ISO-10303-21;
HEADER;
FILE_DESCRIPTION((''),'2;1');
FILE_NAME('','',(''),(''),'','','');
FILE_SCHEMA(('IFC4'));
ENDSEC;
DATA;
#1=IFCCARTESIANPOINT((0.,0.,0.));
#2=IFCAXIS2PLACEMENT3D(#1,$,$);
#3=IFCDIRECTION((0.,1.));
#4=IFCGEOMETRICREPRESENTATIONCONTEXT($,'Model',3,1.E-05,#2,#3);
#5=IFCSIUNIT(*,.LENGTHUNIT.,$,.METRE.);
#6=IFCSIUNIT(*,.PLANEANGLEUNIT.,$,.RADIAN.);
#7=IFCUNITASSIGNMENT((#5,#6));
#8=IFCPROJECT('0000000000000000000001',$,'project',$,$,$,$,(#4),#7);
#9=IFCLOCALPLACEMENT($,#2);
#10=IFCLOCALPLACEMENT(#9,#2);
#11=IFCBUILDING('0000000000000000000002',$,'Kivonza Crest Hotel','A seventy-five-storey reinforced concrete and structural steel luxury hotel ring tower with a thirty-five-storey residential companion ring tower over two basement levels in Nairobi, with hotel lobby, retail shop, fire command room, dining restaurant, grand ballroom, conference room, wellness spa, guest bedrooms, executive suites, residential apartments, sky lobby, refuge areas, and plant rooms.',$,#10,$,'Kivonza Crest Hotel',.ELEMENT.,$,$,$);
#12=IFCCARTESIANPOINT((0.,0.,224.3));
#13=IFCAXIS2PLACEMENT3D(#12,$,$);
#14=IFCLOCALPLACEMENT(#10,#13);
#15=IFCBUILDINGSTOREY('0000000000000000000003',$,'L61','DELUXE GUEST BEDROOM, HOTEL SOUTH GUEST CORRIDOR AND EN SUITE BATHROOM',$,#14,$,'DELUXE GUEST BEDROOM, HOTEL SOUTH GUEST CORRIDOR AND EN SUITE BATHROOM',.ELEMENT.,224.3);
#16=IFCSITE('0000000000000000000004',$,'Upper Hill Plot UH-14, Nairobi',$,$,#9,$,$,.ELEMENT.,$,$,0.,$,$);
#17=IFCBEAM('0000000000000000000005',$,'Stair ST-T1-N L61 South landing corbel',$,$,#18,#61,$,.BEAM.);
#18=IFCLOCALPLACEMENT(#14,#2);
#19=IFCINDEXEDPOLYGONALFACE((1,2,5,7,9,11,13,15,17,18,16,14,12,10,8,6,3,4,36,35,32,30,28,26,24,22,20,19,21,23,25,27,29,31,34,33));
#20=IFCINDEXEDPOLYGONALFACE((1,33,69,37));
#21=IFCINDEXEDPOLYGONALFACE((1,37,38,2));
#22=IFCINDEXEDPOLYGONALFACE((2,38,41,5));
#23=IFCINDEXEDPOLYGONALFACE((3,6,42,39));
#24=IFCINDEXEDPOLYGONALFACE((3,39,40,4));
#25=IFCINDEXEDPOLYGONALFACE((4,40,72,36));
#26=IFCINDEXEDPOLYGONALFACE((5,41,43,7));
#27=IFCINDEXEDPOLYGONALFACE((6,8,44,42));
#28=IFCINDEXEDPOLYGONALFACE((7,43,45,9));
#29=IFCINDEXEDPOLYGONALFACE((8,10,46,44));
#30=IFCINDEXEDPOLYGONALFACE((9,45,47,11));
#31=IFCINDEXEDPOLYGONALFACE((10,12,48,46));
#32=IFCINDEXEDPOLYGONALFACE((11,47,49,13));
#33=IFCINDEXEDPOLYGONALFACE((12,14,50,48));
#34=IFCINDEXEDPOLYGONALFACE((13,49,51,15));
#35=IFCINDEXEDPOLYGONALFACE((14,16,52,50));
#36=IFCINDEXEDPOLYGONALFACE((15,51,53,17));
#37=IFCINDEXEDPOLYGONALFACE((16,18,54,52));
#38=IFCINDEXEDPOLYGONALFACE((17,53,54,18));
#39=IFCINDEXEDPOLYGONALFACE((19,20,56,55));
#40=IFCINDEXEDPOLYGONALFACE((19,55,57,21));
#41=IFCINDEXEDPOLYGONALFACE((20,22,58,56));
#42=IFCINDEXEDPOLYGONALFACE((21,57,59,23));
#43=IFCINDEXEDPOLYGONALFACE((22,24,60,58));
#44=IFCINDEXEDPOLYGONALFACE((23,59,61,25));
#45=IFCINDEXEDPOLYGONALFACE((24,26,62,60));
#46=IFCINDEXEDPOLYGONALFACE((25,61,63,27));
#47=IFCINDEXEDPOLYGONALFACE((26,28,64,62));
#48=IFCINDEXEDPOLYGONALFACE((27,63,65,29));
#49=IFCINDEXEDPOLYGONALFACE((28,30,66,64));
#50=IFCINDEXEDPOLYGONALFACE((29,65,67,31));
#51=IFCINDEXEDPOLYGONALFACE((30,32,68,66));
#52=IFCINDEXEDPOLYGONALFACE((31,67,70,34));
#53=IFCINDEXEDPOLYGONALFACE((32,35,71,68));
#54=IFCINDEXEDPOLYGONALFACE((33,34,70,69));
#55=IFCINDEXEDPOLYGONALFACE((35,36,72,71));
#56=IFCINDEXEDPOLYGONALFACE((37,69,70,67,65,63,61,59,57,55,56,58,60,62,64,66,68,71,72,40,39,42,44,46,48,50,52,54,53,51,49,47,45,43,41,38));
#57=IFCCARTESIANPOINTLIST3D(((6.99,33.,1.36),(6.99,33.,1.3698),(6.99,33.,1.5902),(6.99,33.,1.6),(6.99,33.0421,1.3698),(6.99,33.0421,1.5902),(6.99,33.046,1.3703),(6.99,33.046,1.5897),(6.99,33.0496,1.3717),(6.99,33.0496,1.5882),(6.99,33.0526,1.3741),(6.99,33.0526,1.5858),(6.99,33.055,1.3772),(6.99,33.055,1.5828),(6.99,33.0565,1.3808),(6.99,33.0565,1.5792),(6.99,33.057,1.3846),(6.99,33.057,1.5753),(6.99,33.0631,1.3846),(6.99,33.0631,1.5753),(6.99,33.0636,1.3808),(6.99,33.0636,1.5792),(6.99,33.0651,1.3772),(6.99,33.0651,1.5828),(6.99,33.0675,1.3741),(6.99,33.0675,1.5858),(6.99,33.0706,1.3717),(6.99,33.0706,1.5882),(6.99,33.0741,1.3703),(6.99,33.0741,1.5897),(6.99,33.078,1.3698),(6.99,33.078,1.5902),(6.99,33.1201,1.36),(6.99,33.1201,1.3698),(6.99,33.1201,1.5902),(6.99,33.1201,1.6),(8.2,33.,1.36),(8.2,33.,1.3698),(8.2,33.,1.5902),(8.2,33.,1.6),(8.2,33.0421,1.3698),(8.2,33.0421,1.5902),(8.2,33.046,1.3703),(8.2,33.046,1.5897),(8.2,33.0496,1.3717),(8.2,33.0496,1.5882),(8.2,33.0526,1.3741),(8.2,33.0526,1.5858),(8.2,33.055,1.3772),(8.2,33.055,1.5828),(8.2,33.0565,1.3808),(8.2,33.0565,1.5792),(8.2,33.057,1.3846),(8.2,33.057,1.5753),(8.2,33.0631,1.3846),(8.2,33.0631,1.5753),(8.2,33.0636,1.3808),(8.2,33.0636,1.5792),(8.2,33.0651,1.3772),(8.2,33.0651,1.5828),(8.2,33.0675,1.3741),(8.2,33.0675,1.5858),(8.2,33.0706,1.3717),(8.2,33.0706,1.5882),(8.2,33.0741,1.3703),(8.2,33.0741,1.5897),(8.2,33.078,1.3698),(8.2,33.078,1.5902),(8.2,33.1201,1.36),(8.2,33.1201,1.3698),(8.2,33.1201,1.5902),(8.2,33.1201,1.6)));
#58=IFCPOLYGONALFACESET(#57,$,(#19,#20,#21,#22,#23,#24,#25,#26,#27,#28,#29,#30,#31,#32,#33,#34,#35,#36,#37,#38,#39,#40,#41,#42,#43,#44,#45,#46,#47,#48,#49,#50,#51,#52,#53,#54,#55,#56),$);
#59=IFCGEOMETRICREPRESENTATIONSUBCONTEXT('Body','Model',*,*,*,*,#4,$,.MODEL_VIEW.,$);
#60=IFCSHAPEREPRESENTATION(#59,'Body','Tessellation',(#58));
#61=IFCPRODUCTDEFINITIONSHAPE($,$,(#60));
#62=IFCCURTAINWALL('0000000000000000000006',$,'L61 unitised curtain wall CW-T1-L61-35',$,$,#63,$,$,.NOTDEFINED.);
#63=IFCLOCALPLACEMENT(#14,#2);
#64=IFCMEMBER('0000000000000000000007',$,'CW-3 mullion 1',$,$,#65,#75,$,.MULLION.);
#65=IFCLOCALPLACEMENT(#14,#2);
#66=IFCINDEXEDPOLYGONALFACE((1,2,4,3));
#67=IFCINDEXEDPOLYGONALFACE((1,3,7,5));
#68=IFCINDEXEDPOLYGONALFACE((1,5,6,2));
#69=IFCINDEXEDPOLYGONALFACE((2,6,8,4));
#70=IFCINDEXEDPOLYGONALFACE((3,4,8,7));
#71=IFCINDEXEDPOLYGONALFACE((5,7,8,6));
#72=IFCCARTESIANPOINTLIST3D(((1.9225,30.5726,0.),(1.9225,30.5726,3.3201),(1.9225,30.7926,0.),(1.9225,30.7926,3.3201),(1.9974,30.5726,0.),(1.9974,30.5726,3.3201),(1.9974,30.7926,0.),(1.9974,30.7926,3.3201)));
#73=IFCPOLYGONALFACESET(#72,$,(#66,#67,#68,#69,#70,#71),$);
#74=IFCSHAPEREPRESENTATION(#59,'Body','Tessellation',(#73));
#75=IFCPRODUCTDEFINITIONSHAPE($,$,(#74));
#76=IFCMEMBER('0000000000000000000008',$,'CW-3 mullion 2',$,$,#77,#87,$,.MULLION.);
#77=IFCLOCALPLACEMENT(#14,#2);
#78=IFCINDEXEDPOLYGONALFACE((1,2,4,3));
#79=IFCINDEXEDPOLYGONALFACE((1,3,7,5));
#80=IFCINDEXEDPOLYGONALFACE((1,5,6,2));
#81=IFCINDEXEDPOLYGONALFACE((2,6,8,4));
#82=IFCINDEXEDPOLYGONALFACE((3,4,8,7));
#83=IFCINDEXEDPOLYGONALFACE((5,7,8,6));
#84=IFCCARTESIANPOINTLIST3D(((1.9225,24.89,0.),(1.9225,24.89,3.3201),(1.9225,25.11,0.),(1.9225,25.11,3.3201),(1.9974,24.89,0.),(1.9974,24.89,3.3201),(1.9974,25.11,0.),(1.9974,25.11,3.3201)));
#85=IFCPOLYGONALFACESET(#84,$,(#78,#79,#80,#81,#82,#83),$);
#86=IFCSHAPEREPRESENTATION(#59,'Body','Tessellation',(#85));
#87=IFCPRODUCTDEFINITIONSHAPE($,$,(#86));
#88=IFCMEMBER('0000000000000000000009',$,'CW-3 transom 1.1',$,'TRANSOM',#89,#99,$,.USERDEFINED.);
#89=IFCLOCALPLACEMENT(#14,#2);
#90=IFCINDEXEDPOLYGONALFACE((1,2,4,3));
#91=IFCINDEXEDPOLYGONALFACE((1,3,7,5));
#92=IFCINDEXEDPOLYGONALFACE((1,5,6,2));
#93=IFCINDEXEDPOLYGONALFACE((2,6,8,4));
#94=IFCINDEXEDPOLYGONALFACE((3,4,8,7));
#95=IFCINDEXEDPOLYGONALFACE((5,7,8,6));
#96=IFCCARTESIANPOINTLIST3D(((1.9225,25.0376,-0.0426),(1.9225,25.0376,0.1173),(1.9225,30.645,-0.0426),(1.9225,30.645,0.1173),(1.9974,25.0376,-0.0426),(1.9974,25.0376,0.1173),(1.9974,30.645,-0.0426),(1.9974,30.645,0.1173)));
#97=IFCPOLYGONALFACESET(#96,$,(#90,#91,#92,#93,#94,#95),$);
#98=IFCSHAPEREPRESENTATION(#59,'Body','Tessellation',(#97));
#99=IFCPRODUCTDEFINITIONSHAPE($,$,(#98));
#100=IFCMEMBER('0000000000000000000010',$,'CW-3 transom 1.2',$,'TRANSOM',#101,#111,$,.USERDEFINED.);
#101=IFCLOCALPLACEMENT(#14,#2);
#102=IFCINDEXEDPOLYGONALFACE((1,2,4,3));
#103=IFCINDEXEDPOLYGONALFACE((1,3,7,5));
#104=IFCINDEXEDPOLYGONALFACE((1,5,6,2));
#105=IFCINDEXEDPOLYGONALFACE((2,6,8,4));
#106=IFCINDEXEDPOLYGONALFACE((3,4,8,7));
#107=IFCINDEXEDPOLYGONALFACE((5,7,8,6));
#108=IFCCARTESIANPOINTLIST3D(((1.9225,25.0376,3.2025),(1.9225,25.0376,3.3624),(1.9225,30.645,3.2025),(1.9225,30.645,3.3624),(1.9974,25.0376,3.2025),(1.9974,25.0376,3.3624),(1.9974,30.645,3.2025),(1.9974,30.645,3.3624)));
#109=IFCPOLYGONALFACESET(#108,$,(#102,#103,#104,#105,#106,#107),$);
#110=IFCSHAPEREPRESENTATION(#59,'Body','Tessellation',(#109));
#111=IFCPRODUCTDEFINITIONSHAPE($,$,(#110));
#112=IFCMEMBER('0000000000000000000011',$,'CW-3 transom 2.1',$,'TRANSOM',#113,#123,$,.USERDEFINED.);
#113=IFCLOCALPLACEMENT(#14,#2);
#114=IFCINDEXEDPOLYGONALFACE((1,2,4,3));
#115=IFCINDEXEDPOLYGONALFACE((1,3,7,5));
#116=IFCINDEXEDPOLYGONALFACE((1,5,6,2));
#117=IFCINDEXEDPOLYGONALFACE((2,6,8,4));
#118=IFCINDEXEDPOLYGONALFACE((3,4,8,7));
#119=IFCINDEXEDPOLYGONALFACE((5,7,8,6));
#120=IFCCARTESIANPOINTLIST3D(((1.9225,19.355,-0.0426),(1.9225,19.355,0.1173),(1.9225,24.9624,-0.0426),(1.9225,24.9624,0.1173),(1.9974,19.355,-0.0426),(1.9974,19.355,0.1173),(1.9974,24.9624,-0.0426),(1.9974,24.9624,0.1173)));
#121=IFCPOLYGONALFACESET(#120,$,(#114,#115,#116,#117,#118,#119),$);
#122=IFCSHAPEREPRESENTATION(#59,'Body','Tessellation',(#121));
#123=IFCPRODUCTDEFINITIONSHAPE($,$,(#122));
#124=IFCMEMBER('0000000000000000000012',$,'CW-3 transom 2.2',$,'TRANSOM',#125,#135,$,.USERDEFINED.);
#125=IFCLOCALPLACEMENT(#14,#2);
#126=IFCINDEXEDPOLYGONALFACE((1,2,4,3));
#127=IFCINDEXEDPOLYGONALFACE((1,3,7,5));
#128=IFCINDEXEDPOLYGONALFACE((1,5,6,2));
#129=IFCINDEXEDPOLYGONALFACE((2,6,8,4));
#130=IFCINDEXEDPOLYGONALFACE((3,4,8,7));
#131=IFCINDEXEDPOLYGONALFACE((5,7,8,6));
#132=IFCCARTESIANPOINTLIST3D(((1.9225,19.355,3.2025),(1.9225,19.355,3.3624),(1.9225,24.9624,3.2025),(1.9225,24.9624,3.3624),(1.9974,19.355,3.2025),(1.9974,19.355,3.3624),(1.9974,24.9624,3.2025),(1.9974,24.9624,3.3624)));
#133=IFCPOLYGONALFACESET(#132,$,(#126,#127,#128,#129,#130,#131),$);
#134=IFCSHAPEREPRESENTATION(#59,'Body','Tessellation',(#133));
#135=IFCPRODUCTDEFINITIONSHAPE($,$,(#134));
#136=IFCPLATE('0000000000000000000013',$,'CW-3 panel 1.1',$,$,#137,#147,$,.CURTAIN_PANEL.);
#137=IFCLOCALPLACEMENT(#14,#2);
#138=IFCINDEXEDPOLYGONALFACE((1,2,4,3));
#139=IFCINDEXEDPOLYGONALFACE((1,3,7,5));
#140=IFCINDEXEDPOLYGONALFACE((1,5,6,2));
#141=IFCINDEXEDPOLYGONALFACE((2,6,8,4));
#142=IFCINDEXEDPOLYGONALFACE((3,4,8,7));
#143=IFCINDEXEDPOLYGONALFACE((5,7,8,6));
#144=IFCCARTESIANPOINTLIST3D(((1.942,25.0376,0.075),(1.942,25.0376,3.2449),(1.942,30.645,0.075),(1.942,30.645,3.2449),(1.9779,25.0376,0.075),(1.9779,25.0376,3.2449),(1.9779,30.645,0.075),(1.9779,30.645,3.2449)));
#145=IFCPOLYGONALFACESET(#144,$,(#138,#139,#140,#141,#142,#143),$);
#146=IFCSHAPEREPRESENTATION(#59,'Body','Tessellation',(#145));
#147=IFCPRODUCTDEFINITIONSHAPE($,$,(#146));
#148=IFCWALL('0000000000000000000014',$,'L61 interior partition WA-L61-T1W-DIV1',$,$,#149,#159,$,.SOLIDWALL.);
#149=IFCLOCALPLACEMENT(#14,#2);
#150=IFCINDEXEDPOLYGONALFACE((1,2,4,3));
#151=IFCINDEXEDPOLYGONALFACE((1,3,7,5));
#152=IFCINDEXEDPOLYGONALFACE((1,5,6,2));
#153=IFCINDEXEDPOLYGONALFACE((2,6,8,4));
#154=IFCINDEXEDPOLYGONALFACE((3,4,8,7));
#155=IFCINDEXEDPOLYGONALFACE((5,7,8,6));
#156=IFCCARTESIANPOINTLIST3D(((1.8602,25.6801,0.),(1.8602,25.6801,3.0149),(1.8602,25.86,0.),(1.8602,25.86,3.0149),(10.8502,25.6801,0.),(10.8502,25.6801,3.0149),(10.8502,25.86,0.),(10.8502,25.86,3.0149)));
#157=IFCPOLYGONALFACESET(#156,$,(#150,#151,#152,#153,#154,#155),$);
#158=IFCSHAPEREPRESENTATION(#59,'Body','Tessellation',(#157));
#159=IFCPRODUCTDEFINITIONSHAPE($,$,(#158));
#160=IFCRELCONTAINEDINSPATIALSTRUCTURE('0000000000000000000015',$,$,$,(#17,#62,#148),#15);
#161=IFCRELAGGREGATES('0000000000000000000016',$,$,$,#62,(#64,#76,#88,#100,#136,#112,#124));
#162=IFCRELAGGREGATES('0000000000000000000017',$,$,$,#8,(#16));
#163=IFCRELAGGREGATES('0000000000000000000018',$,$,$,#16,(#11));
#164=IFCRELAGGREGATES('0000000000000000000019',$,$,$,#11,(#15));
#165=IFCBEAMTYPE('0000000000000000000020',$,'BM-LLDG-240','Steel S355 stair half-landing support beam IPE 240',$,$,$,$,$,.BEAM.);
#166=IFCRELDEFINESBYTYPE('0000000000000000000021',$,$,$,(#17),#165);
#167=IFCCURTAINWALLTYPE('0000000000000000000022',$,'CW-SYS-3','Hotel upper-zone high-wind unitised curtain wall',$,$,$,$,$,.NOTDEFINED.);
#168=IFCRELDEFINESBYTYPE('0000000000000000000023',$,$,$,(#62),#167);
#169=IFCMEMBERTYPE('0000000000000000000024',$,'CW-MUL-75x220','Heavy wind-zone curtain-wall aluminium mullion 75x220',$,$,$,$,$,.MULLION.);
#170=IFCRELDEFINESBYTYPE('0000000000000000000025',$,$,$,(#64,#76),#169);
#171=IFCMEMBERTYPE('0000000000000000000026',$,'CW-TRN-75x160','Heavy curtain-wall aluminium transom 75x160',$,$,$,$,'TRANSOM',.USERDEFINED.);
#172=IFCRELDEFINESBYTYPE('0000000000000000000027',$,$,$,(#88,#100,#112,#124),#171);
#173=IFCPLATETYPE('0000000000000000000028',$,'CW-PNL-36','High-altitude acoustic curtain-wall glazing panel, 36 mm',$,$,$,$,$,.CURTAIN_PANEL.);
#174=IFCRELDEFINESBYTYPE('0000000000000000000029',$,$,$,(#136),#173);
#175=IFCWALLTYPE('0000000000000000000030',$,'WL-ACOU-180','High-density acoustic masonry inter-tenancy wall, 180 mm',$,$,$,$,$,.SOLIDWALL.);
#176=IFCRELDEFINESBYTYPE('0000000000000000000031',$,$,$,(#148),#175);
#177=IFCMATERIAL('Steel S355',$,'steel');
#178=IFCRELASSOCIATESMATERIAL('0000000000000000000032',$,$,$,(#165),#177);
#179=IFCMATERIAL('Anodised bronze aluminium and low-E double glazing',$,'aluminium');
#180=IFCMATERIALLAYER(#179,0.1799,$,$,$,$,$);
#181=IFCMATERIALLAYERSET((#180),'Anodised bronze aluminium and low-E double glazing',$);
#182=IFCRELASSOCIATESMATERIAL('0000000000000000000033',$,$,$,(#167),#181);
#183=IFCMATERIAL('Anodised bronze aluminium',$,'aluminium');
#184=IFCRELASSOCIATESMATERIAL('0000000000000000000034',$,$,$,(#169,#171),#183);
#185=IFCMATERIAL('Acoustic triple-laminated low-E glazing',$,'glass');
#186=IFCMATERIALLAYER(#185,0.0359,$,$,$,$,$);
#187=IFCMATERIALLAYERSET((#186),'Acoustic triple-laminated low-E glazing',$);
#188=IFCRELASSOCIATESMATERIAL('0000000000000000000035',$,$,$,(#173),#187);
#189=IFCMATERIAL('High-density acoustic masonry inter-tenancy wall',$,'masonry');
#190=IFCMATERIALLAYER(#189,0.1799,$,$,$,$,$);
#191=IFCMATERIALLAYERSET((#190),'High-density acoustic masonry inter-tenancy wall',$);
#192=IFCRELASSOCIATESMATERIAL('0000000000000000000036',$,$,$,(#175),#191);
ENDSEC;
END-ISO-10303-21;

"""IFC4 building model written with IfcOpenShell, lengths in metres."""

from ifc_helpers import new_model, si_unit, direction, frame, frame_2d, origin, origin_2d, place, context, subcontext, project, spatial, rectangle, i_section, extrude, material, layer, layer_set, material_profile, profile_set, type_object, element, aggregate, save


model = new_model("IFC4")

# Units and contexts
model_context = context("Model", 3, precision=1e-05, world=origin(), true_north=direction((0.0, 1.0)))
body_context = subcontext(model_context, "Body", "Model", "MODEL_VIEW")
ifc_project = project(units=[si_unit("LENGTHUNIT", "METRE"), si_unit("PLANEANGLEUNIT", "RADIAN")], contexts=[model_context])

# Site, building, storey
site_placement = place(None, origin())
site = spatial("IfcSite", under=ifc_project, at=site_placement, Name="Upper Hill Plot UH-14, Nairobi", CompositionType="ELEMENT", RefElevation=0.0)
building_placement = place(site_placement, origin())
building = spatial("IfcBuilding", under=site, at=building_placement, Name="Kivonza Crest Hotel", Description="A seventy-five-storey reinforced concrete and structural steel luxury hotel ring tower with a thirty-five-storey residential companion ring tower over two basement levels in Nairobi, with hotel lobby, retail shop, fire command room, dining restaurant, grand ballroom, conference room, wellness spa, guest bedrooms, executive suites, residential apartments, sky lobby, refuge areas, and plant rooms.", LongName="Kivonza Crest Hotel", CompositionType="ELEMENT")
storey_placement = place(building_placement, frame((0.0, 0.0, 224.3)))
storey = spatial("IfcBuildingStorey", under=building, at=storey_placement, Name="L61", Description="DELUXE GUEST BEDROOM, HOTEL SOUTH GUEST CORRIDOR AND EN SUITE BATHROOM", LongName="DELUXE GUEST BEDROOM, HOTEL SOUTH GUEST CORRIDOR AND EN SUITE BATHROOM", CompositionType="ELEMENT", Elevation=224.3)

# Beam
ifc_material_1 = material(Name="Steel S355", Category="steel")
ifc_material_profile_1 = material_profile(ifc_material_1, i_section(OverallWidth=0.1201, OverallDepth=0.24, WebThickness=0.0061, FlangeThickness=0.0098, FilletRadius=0.0149, at=origin_2d()), Name="IPE 240")
ifc_profile_set_1 = profile_set([ifc_material_profile_1], Name="Steel S355")
beam_type_1 = type_object("IfcBeamType", Name="BM-LLDG-240", Description="Steel S355 stair half-landing support beam IPE 240", PredefinedType="BEAM", material=ifc_profile_set_1)
beam_1_placement = place(storey_placement, frame((6.99, 33.0601, 1.48), z_axis=(1.0, 0.0, 0.0), x_axis=(0.0, 1.0, 0.0)))
element("IfcBeam", 1, at=beam_1_placement, inside=storey, type_object=beam_type_1, Name="Stair ST-T1-N L61 South landing corbel", PredefinedType="BEAM", context=body_context, shape_type="SweptSolid", body=[
    extrude(i_section(OverallWidth=0.1201, OverallDepth=0.24, WebThickness=0.0061, FlangeThickness=0.0098, FilletRadius=0.0149, at=origin_2d()), origin(), (0.0, 0.0, 1.0), 1.21),
])

# Curtain wall, members, plate
ifc_material_2 = material(Name="Anodised bronze aluminium and low-E double glazing", Category="aluminium")
ifc_layer_1 = layer(ifc_material_2, 0.1799)
ifc_layer_set_1 = layer_set([ifc_layer_1], Name="Anodised bronze aluminium and low-E double glazing")
curtain_wall_type = type_object("IfcCurtainWallType", Name="CW-SYS-3", Description="Hotel upper-zone high-wind unitised curtain wall", PredefinedType="NOTDEFINED", material=ifc_layer_set_1)
curtain_wall_placement = place(storey_placement, origin())
curtain_wall = element("IfcCurtainWall", 2, at=curtain_wall_placement, inside=storey, type_object=curtain_wall_type, Name="L61 unitised curtain wall CW-T1-L61-35", PredefinedType="NOTDEFINED")
ifc_material_3 = material(Name="Anodised bronze aluminium", Category="aluminium")
ifc_material_profile_2 = material_profile(ifc_material_3, rectangle(XDim=0.075, YDim=0.22, at=origin_2d()), Name="CW-M 75x220")
ifc_profile_set_2 = profile_set([ifc_material_profile_2], Name="Anodised bronze aluminium")
member_type_1 = type_object("IfcMemberType", Name="CW-MUL-75x220", Description="Heavy wind-zone curtain-wall aluminium mullion 75x220", PredefinedType="MULLION", material=ifc_profile_set_2)
member_1_placement = place(storey_placement, frame((1.96, 30.6826, 0.0), z_axis=(0.0, 0.0, 1.0), x_axis=(1.0, 0.0, 0.0)))
member_1 = element("IfcMember", 3, at=member_1_placement, type_object=member_type_1, Name="CW-3 mullion 1", PredefinedType="MULLION", context=body_context, shape_type="SweptSolid", body=[
    extrude(rectangle(XDim=0.075, YDim=0.22, at=origin_2d()), origin(), (0.0, 0.0, 1.0), 3.3201),
])
member_2_placement = place(storey_placement, frame((1.96, 25.0, 0.0), z_axis=(0.0, 0.0, 1.0), x_axis=(1.0, 0.0, 0.0)))
member_2 = element("IfcMember", 4, at=member_2_placement, type_object=member_type_1, Name="CW-3 mullion 2", PredefinedType="MULLION", context=body_context, shape_type="SweptSolid", body=[
    extrude(rectangle(XDim=0.075, YDim=0.22, at=origin_2d()), origin(), (0.0, 0.0, 1.0), 3.3201),
])
ifc_material_profile_3 = material_profile(ifc_material_3, rectangle(XDim=0.075, YDim=0.1599, at=origin_2d()), Name="CW-T 75x160")
ifc_profile_set_3 = profile_set([ifc_material_profile_3], Name="Anodised bronze aluminium")
member_type_2 = type_object("IfcMemberType", Name="CW-TRN-75x160", Description="Heavy curtain-wall aluminium transom 75x160", ElementType="TRANSOM", PredefinedType="USERDEFINED", material=ifc_profile_set_3)
member_3_placement = place(storey_placement, frame((1.96, 30.645, 0.0374), z_axis=(0.0, -1.0, 0.0), x_axis=(1.0, 0.0, 0.0)))
member_3 = element("IfcMember", 5, at=member_3_placement, type_object=member_type_2, Name="CW-3 transom 1.1", ObjectType="TRANSOM", PredefinedType="USERDEFINED", context=body_context, shape_type="SweptSolid", body=[
    extrude(rectangle(XDim=0.075, YDim=0.1599, at=origin_2d()), origin(), (0.0, 0.0, 1.0), 5.6074),
])
member_4_placement = place(storey_placement, frame((1.96, 30.645, 3.2825), z_axis=(0.0, -1.0, 0.0), x_axis=(1.0, 0.0, 0.0)))
member_4 = element("IfcMember", 6, at=member_4_placement, type_object=member_type_2, Name="CW-3 transom 1.2", ObjectType="TRANSOM", PredefinedType="USERDEFINED", context=body_context, shape_type="SweptSolid", body=[
    extrude(rectangle(XDim=0.075, YDim=0.1599, at=origin_2d()), origin(), (0.0, 0.0, 1.0), 5.6074),
])
member_5_placement = place(storey_placement, frame((1.96, 24.9624, 0.0374), z_axis=(0.0, -1.0, 0.0), x_axis=(1.0, 0.0, 0.0)))
member_5 = element("IfcMember", 7, at=member_5_placement, type_object=member_type_2, Name="CW-3 transom 2.1", ObjectType="TRANSOM", PredefinedType="USERDEFINED", context=body_context, shape_type="SweptSolid", body=[
    extrude(rectangle(XDim=0.075, YDim=0.1599, at=origin_2d()), origin(), (0.0, 0.0, 1.0), 5.6074),
])
member_6_placement = place(storey_placement, frame((1.96, 24.9624, 3.2825), z_axis=(0.0, -1.0, 0.0), x_axis=(1.0, 0.0, 0.0)))
member_6 = element("IfcMember", 8, at=member_6_placement, type_object=member_type_2, Name="CW-3 transom 2.2", ObjectType="TRANSOM", PredefinedType="USERDEFINED", context=body_context, shape_type="SweptSolid", body=[
    extrude(rectangle(XDim=0.075, YDim=0.1599, at=origin_2d()), origin(), (0.0, 0.0, 1.0), 5.6074),
])
ifc_material_4 = material(Name="Acoustic triple-laminated low-E glazing", Category="glass")
ifc_layer_2 = layer(ifc_material_4, 0.0359)
ifc_layer_set_2 = layer_set([ifc_layer_2], Name="Acoustic triple-laminated low-E glazing")
plate_type = type_object("IfcPlateType", Name="CW-PNL-36", Description="High-altitude acoustic curtain-wall glazing panel, 36 mm", PredefinedType="CURTAIN_PANEL", material=ifc_layer_set_2)
plate_placement = place(storey_placement, frame((1.96, 27.8413, 0.075), z_axis=(0.0, 0.0, 1.0), x_axis=(0.0, -1.0, 0.0)))
plate = element("IfcPlate", 9, at=plate_placement, type_object=plate_type, Name="CW-3 panel 1.1", PredefinedType="CURTAIN_PANEL", context=body_context, shape_type="SweptSolid", body=[
    extrude(rectangle(XDim=5.6074, YDim=0.0359, at=origin_2d()), origin(), (0.0, 0.0, 1.0), 3.1699),
])
aggregate(curtain_wall, [member_1, member_2, member_3, member_4, plate, member_5, member_6])

# Wall
ifc_material_5 = material(Name="High-density acoustic masonry inter-tenancy wall", Category="masonry")
ifc_layer_3 = layer(ifc_material_5, 0.1799)
ifc_layer_set_3 = layer_set([ifc_layer_3], Name="High-density acoustic masonry inter-tenancy wall")
wall_type_1 = type_object("IfcWallType", Name="WL-ACOU-180", Description="High-density acoustic masonry inter-tenancy wall, 180 mm", PredefinedType="SOLIDWALL", material=ifc_layer_set_3)
wall_1_placement = place(storey_placement, frame((1.8601, 25.77, 0.0), z_axis=(0.0, 0.0, 1.0), x_axis=(1.0, 0.0, 0.0)))
element("IfcWall", 10, at=wall_1_placement, inside=storey, type_object=wall_type_1, Name="L61 interior partition WA-L61-T1W-DIV1", PredefinedType="SOLIDWALL", context=body_context, shape_type="SweptSolid", body=[
    extrude(rectangle(XDim=8.99, YDim=0.1799, at=frame_2d((4.4951, 0.0))), origin(), (0.0, 0.0, 1.0), 3.0149),
])

save(model, "model.ifc")
